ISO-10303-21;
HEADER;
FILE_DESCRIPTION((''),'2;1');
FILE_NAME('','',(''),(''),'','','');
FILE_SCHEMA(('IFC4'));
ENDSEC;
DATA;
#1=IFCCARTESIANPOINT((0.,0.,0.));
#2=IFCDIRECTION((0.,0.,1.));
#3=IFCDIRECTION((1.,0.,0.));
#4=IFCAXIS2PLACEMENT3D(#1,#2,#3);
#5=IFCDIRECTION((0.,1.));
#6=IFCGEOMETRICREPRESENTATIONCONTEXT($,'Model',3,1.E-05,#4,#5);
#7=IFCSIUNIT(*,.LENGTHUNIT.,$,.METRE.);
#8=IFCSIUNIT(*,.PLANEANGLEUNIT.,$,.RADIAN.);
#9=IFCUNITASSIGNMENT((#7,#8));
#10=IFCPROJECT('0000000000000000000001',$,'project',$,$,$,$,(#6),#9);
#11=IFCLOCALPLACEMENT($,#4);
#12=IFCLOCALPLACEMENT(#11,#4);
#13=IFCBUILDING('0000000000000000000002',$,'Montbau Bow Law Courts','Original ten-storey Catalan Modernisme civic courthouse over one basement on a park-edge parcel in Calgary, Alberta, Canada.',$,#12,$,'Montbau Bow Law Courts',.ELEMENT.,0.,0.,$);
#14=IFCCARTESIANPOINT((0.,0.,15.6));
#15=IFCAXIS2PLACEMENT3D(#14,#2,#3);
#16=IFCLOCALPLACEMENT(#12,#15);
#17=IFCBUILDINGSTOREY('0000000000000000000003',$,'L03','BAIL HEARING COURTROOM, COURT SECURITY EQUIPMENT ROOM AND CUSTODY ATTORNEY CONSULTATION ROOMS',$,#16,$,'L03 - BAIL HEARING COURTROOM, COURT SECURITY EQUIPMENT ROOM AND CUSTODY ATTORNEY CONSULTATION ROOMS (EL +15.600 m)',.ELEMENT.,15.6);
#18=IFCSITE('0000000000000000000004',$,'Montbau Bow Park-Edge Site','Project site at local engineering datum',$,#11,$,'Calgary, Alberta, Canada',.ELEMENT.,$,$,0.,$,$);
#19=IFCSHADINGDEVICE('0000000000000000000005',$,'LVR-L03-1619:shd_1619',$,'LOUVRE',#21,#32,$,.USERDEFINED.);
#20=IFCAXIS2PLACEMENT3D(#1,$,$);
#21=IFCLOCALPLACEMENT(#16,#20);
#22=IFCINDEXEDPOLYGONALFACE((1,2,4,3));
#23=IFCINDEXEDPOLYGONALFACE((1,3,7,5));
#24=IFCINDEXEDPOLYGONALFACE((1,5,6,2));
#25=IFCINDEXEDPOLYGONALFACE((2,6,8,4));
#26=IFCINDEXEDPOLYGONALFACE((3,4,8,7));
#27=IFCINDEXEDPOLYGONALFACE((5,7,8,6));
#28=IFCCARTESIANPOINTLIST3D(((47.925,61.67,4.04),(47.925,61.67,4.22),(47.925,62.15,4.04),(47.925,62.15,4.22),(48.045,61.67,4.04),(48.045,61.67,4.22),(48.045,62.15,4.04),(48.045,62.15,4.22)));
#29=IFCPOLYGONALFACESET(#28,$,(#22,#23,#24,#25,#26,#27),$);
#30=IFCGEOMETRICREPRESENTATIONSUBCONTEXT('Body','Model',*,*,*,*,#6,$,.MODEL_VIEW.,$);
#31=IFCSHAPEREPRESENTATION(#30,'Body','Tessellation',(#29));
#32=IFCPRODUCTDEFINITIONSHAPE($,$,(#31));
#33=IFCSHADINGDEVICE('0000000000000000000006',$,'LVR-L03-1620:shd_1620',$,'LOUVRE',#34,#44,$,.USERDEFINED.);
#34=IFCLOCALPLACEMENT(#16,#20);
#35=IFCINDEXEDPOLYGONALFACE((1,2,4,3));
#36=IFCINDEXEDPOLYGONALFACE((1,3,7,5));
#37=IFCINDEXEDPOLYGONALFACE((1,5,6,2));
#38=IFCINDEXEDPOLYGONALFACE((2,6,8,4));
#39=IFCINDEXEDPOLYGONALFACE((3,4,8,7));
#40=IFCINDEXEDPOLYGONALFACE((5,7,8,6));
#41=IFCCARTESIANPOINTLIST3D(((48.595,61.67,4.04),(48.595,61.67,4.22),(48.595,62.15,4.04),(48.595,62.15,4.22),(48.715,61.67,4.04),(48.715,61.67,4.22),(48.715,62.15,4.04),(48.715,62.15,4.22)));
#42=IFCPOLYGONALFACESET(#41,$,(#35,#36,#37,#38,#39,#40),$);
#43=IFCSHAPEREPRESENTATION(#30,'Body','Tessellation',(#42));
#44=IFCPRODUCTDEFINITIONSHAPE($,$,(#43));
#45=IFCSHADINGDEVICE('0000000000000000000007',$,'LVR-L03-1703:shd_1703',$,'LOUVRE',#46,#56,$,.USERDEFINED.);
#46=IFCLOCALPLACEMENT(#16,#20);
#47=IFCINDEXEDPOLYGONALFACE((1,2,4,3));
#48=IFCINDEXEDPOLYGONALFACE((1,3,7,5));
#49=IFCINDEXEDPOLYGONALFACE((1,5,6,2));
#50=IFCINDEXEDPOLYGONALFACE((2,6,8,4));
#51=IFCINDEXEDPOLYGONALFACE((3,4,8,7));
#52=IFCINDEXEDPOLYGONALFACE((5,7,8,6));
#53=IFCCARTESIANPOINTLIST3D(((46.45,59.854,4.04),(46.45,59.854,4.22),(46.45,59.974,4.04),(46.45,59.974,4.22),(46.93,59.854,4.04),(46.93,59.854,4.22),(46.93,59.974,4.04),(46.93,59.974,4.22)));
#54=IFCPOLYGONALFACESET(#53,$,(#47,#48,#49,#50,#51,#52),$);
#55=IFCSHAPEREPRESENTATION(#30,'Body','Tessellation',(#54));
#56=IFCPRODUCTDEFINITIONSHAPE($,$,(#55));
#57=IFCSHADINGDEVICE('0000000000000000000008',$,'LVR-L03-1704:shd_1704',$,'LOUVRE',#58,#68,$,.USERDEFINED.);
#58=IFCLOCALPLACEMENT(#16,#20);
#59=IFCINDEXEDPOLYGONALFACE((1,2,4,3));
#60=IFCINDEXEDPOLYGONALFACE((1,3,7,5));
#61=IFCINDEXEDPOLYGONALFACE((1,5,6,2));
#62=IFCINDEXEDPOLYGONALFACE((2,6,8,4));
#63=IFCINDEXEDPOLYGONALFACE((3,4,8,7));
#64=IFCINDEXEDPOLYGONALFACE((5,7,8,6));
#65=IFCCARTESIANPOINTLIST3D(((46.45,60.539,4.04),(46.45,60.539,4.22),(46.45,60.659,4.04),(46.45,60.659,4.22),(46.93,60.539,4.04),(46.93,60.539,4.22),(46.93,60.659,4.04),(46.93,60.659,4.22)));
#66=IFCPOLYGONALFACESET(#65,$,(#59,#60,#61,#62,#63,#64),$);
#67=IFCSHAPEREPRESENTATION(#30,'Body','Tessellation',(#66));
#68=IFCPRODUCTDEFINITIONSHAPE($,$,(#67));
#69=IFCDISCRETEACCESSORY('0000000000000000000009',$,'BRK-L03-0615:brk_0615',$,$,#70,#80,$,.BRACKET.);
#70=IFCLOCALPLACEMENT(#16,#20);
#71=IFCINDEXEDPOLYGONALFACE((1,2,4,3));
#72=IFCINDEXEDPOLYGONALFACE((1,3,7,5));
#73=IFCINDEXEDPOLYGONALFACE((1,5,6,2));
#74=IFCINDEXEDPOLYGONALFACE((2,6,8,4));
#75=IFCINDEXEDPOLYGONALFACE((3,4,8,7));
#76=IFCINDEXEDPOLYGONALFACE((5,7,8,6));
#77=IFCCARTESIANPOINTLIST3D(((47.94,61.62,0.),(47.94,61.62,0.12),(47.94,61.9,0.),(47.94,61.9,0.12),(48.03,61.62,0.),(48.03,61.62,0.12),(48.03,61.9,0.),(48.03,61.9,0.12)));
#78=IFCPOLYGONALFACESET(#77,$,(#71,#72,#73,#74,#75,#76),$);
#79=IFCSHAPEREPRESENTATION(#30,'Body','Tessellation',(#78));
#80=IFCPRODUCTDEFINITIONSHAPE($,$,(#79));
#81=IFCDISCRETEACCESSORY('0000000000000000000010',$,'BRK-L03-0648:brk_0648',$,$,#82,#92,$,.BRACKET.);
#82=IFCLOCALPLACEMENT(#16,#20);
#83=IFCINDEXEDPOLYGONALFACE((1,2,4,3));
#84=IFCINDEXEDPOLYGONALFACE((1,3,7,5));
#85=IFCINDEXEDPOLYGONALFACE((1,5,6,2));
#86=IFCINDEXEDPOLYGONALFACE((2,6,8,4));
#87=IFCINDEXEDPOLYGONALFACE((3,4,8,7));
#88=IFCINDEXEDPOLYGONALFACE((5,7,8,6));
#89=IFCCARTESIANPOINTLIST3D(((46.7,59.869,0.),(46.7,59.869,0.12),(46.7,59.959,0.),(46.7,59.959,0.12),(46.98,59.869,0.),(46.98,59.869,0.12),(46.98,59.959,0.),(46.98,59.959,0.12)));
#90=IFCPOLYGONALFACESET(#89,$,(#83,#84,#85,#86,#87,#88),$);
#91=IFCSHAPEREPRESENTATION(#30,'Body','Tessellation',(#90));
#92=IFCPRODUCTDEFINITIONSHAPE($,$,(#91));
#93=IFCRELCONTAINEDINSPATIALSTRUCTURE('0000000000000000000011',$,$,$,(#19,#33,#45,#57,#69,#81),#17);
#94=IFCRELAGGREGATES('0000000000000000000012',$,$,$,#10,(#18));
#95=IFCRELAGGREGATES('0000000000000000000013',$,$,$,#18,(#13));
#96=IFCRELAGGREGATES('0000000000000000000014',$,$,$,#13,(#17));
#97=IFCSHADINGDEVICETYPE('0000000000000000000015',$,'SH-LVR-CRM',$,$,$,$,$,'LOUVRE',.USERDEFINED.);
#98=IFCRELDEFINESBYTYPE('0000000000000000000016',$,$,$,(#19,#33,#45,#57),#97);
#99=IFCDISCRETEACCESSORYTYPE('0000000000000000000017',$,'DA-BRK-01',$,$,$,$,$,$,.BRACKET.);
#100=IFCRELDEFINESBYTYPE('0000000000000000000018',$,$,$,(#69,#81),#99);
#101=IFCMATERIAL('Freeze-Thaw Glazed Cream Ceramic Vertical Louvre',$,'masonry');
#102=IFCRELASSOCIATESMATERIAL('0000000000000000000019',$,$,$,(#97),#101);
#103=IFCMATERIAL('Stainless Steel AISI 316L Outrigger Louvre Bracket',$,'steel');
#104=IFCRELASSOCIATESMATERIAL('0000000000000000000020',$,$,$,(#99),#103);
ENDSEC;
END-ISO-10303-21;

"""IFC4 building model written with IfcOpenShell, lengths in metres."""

from ifc_helpers import new_model, si_unit, direction, frame, origin_with_axes, origin_2d_with_axis, place, context, subcontext, project, spatial, rectangle, extrude, material, type_object, element, save


model = new_model("IFC4")

# Units and contexts
model_context = context("Model", 3, precision=1e-05, world=origin_with_axes(), true_north=direction((0.0, 1.0)))
body_context = subcontext(model_context, "Body", "Model", "MODEL_VIEW")
ifc_project = project(units=[si_unit("LENGTHUNIT", "METRE"), si_unit("PLANEANGLEUNIT", "RADIAN")], contexts=[model_context])

# Site, building, storey
site_placement = place(None, origin_with_axes())
site = spatial("IfcSite", under=ifc_project, at=site_placement, Name="Montbau Bow Park-Edge Site", Description="Project site at local engineering datum", LongName="Calgary, Alberta, Canada", CompositionType="ELEMENT", RefElevation=0.0)
building_placement = place(site_placement, origin_with_axes())
building = spatial("IfcBuilding", under=site, at=building_placement, Name="Montbau Bow Law Courts", Description="Original ten-storey Catalan Modernisme civic courthouse over one basement on a park-edge parcel in Calgary, Alberta, Canada.", LongName="Montbau Bow Law Courts", CompositionType="ELEMENT", ElevationOfRefHeight=0.0, ElevationOfTerrain=0.0)
storey_placement = place(building_placement, frame((0.0, 0.0, 15.6), z_axis=(0.0, 0.0, 1.0), x_axis=(1.0, 0.0, 0.0)))
storey = spatial("IfcBuildingStorey", under=building, at=storey_placement, Name="L03", Description="BAIL HEARING COURTROOM, COURT SECURITY EQUIPMENT ROOM AND CUSTODY ATTORNEY CONSULTATION ROOMS", LongName="L03 - BAIL HEARING COURTROOM, COURT SECURITY EQUIPMENT ROOM AND CUSTODY ATTORNEY CONSULTATION ROOMS (EL +15.600 m)", CompositionType="ELEMENT", Elevation=15.6)

# Shading devices
ifc_material_1 = material(Name="Freeze-Thaw Glazed Cream Ceramic Vertical Louvre", Category="masonry")
shading_device_type = type_object("IfcShadingDeviceType", Name="SH-LVR-CRM", ElementType="LOUVRE", PredefinedType="USERDEFINED", material=ifc_material_1)
for number, where, z_axis, x_axis, name in (
    (1, (47.985, 61.91, 19.64), (0.0, 0.0, 1.0), (0.0, 1.0, 0.0), "LVR-L03-1619:shd_1619"),
    (2, (48.655, 61.91, 19.64), (0.0, 0.0, 1.0), (0.0, 1.0, 0.0), "LVR-L03-1620:shd_1620"),
    (3, (46.69, 59.914, 19.64), (0.0, 0.0, 1.0), (-1.0, 0.0, 0.0), "LVR-L03-1703:shd_1703"),
    (4, (46.69, 60.599, 19.64), (0.0, 0.0, 1.0), (-1.0, 0.0, 0.0), "LVR-L03-1704:shd_1704"),
):
    element("IfcShadingDevice", number, at=place(None, frame(where, z_axis=z_axis, x_axis=x_axis)), inside=storey, type_object=shading_device_type, Name=name, ObjectType="LOUVRE", PredefinedType="USERDEFINED", context=body_context, shape_type="SweptSolid", body=[
        extrude(rectangle(XDim=0.48, YDim=0.12, at=origin_2d_with_axis()), origin_with_axes(), (0.0, 0.0, 1.0), 0.18),
    ])

# Discrete accessories
ifc_material_2 = material(Name="Stainless Steel AISI 316L Outrigger Louvre Bracket", Category="steel")
discrete_accessory_type = type_object("IfcDiscreteAccessoryType", Name="DA-BRK-01", PredefinedType="BRACKET", material=ifc_material_2)
for number, where, z_axis, x_axis, name in (
    (5, (47.985, 61.76, 15.6), (0.0, 0.0, 1.0), (0.0, 1.0, 0.0), "BRK-L03-0615:brk_0615"),
    (6, (46.84, 59.914, 15.6), (0.0, 0.0, 1.0), (-1.0, 0.0, 0.0), "BRK-L03-0648:brk_0648"),
):
    element("IfcDiscreteAccessory", number, at=place(None, frame(where, z_axis=z_axis, x_axis=x_axis)), inside=storey, type_object=discrete_accessory_type, Name=name, PredefinedType="BRACKET", context=body_context, shape_type="SweptSolid", body=[
        extrude(rectangle(XDim=0.28, YDim=0.09, at=origin_2d_with_axis()), origin_with_axes(), (0.0, 0.0, 1.0), 0.12),
    ])

save(model, "model.ifc")
